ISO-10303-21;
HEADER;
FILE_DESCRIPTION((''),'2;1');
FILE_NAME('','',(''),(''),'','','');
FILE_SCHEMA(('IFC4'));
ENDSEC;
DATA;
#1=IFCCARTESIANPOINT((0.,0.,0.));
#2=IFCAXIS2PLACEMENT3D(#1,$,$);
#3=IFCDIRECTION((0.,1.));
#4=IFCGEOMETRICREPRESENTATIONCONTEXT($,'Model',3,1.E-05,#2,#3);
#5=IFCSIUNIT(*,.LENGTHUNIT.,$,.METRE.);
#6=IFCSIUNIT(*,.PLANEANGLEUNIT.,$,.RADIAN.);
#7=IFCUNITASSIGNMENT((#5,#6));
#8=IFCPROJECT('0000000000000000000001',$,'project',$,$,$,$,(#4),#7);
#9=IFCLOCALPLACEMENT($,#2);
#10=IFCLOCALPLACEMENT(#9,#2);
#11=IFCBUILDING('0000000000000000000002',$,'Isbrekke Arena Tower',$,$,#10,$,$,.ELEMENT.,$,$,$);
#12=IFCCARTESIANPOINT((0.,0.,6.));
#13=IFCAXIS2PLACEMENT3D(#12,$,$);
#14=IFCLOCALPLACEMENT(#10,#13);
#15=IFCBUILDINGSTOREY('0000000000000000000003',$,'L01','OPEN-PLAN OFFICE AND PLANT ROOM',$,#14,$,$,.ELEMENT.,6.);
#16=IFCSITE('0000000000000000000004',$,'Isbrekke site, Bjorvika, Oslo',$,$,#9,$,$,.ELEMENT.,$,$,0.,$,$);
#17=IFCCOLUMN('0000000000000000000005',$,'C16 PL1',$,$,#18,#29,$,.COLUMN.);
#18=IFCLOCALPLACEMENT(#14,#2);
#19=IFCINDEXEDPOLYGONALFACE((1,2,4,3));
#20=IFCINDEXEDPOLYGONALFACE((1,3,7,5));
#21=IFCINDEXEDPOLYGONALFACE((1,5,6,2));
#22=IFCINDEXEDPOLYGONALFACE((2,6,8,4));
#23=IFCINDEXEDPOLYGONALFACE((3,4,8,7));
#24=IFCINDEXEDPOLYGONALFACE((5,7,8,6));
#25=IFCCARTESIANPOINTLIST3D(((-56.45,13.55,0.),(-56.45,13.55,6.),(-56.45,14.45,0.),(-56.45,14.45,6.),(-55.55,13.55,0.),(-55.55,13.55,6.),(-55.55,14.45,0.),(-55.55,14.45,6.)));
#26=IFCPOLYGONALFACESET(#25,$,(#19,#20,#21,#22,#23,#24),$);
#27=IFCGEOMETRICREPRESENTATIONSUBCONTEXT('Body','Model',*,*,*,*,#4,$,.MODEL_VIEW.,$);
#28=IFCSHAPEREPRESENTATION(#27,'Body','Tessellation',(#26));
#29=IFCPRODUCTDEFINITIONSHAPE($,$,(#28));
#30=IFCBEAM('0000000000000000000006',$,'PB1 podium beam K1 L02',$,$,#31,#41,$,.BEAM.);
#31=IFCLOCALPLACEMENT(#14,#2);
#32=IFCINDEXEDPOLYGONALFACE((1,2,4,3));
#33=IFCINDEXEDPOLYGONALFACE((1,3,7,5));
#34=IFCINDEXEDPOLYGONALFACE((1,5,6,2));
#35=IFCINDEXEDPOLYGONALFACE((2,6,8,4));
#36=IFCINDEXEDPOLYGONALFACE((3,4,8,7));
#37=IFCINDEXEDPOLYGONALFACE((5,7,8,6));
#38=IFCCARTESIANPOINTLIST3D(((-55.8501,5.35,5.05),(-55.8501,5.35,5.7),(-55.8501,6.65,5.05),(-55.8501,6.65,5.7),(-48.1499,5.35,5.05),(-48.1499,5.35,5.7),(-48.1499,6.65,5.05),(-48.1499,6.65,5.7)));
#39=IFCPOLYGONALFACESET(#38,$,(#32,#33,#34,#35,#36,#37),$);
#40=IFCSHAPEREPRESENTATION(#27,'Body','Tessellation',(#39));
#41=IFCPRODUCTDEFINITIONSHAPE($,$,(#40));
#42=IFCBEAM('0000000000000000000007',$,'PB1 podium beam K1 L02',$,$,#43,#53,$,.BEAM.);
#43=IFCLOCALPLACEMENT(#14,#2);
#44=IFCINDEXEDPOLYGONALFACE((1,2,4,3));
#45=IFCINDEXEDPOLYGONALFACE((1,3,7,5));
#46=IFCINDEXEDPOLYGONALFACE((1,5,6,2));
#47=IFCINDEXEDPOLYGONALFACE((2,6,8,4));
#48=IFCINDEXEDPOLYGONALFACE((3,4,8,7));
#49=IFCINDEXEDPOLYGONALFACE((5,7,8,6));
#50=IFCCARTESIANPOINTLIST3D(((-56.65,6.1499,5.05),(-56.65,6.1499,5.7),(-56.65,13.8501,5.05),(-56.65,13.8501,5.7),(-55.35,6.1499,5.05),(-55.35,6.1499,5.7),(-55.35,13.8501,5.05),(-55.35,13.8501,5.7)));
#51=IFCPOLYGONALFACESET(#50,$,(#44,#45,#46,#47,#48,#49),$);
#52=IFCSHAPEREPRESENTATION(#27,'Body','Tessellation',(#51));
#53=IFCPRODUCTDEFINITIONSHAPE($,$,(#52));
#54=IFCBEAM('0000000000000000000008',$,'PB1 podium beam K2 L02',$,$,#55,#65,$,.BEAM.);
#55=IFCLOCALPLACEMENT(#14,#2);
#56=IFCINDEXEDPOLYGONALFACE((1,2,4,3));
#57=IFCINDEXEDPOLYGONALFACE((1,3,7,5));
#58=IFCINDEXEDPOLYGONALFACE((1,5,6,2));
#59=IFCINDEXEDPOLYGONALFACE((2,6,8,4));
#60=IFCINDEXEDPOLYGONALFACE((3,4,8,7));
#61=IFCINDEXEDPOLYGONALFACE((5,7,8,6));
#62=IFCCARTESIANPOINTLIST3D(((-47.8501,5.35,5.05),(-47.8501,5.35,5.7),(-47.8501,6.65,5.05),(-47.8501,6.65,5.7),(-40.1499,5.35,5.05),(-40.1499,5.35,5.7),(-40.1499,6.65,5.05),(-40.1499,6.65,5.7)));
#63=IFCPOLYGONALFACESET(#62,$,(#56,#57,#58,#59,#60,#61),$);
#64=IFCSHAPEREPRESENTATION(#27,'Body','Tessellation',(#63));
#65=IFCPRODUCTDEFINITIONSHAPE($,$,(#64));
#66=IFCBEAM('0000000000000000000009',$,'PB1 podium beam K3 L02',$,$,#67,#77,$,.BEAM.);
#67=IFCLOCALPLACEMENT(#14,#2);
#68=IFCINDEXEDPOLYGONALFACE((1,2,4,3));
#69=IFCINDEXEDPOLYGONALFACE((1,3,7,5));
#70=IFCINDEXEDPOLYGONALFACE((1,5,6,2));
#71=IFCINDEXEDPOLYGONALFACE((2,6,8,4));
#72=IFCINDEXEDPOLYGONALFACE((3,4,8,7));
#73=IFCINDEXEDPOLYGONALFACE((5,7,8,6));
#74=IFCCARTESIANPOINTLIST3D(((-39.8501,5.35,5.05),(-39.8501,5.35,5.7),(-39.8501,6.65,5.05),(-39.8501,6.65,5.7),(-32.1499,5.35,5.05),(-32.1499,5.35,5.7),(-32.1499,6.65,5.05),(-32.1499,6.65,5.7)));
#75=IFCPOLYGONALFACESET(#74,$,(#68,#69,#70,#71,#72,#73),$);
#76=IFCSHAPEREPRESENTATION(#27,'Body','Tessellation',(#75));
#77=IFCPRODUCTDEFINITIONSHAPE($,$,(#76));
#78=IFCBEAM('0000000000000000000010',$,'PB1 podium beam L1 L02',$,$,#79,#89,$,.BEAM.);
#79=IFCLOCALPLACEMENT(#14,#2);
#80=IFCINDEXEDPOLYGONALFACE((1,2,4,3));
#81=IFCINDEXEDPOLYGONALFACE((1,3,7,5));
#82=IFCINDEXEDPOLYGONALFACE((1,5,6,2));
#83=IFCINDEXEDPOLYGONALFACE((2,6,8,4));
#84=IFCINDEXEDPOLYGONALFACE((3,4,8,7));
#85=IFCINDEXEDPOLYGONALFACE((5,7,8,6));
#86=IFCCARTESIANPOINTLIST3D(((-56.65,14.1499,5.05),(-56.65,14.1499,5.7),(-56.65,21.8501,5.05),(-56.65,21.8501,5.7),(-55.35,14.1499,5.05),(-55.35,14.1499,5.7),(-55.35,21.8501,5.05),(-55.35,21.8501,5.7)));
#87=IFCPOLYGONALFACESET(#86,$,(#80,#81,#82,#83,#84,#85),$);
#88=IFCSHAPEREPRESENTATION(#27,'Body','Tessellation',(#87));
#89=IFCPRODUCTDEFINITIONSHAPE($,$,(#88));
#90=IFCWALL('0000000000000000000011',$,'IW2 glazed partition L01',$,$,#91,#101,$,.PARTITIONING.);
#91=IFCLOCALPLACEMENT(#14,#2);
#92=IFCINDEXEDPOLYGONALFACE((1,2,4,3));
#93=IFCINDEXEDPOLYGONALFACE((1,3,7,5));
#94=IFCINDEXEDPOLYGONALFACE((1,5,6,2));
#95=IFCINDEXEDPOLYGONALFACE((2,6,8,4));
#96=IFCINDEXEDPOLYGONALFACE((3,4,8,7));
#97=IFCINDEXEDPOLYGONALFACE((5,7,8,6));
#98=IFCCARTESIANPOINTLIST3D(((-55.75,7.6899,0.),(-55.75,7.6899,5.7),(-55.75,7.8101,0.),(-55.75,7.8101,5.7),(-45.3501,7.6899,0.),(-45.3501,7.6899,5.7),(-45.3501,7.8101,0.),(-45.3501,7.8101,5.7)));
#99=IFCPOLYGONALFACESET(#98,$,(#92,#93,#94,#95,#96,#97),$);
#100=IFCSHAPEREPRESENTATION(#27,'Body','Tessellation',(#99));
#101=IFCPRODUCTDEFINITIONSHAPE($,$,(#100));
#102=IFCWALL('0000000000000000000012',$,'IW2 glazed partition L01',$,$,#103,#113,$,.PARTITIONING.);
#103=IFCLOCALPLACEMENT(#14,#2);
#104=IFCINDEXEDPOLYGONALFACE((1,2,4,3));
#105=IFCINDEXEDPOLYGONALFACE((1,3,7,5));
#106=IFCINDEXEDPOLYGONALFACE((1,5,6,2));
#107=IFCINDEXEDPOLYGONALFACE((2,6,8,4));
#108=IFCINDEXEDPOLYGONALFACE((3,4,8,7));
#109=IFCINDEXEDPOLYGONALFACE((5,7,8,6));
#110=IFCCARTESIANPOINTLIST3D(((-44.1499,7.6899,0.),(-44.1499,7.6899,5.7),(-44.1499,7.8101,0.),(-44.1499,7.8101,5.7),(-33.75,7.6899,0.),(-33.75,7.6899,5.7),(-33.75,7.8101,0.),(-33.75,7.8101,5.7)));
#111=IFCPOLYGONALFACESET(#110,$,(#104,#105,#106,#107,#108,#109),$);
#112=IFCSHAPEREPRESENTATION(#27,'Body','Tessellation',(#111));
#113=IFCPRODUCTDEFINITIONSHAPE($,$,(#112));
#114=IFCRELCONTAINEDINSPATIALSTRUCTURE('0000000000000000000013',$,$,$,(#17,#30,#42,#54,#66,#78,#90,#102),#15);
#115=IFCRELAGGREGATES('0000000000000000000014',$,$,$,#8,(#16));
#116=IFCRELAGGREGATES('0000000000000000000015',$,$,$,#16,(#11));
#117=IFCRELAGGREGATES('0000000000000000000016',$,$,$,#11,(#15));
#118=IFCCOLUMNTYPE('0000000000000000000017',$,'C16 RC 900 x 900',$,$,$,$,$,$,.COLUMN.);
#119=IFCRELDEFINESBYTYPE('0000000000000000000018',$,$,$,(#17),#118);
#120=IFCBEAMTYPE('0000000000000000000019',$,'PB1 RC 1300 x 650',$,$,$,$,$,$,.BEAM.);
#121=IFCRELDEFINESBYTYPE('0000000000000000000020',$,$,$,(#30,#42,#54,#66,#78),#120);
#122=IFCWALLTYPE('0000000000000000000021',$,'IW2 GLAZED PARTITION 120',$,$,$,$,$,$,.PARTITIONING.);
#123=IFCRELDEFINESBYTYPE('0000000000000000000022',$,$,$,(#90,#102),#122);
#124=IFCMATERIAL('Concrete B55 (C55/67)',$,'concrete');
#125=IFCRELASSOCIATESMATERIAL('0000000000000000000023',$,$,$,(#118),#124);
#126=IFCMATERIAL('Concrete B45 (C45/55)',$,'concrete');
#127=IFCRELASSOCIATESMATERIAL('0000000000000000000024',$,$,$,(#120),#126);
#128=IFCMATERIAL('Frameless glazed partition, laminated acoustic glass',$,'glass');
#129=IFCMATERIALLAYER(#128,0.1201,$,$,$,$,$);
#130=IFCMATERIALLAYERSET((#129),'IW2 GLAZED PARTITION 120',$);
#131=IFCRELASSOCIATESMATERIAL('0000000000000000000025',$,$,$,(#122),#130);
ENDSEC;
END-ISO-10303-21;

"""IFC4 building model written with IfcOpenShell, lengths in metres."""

from ifc_helpers import new_model, si_unit, direction, frame, frame_2d, origin, origin_2d, place, context, subcontext, project, spatial, rectangle, extrude, material, layer, layer_set, material_profile, profile_set, type_object, element, save


model = new_model("IFC4")

# Units and contexts
model_context = context("Model", 3, precision=1e-05, world=origin(), true_north=direction((0.0, 1.0)))
body_context = subcontext(model_context, "Body", "Model", "MODEL_VIEW")
ifc_project = project(units=[si_unit("LENGTHUNIT", "METRE"), si_unit("PLANEANGLEUNIT", "RADIAN")], contexts=[model_context])

# Site, building, storey
site_placement = place(None, origin())
site = spatial("IfcSite", under=ifc_project, at=site_placement, Name="Isbrekke site, Bjorvika, Oslo", CompositionType="ELEMENT", RefElevation=0.0)
building_placement = place(site_placement, origin())
building = spatial("IfcBuilding", under=site, at=building_placement, Name="Isbrekke Arena Tower", CompositionType="ELEMENT")
storey_placement = place(building_placement, frame((0.0, 0.0, 6.0)))
storey = spatial("IfcBuildingStorey", under=building, at=storey_placement, Name="L01", Description="OPEN-PLAN OFFICE AND PLANT ROOM", CompositionType="ELEMENT", Elevation=6.0)

# Column
ifc_material_1 = material(Name="Concrete B55 (C55/67)", Category="concrete")
ifc_material_profile_1 = material_profile(ifc_material_1, rectangle(XDim=0.8999, YDim=0.8999, at=origin_2d()), Name="RC 900x900")
ifc_profile_set_1 = profile_set([ifc_material_profile_1], Name="Concrete B55 (C55/67)")
column_type = type_object("IfcColumnType", Name="C16 RC 900 x 900", PredefinedType="COLUMN", material=ifc_profile_set_1)
column_placement = place(storey_placement, frame((-56.0, 14.0, 0.0), z_axis=(0.0, 0.0, 1.0), x_axis=(1.0, 0.0, 0.0)))
element("IfcColumn", 1, at=column_placement, inside=storey, type_object=column_type, Name="C16 PL1", PredefinedType="COLUMN", context=body_context, shape_type="SweptSolid", body=[
    extrude(rectangle(XDim=0.8999, YDim=0.8999, at=origin_2d()), origin(), (0.0, 0.0, 1.0), 6.0),
])

# Beams
ifc_material_2 = material(Name="Concrete B45 (C45/55)", Category="concrete")
ifc_material_profile_2 = material_profile(ifc_material_2, rectangle(XDim=1.3, YDim=0.6499, at=origin_2d()), Name="RC 1300x650")
ifc_profile_set_2 = profile_set([ifc_material_profile_2], Name="Concrete B45 (C45/55)")
beam_type = type_object("IfcBeamType", Name="PB1 RC 1300 x 650", PredefinedType="BEAM", material=ifc_profile_set_2)
for number, where, z_axis, x_axis, name in (
    (2, (-55.8501, 6.0, 5.375), (1.0, 0.0, 0.0), (0.0, 1.0, 0.0), "PB1 podium beam K1 L02"),
    (3, (-56.0, 6.1499, 5.375), (0.0, 1.0, 0.0), (-1.0, 0.0, 0.0), "PB1 podium beam K1 L02"),
    (4, (-47.8501, 6.0, 5.375), (1.0, 0.0, 0.0), (0.0, 1.0, 0.0), "PB1 podium beam K2 L02"),
    (5, (-39.8501, 6.0, 5.375), (1.0, 0.0, 0.0), (0.0, 1.0, 0.0), "PB1 podium beam K3 L02"),
    (6, (-56.0, 14.1499, 5.375), (0.0, 1.0, 0.0), (-1.0, 0.0, 0.0), "PB1 podium beam L1 L02"),
):
    element("IfcBeam", number, at=place(storey_placement, frame(where, z_axis=z_axis, x_axis=x_axis)), inside=storey, type_object=beam_type, Name=name, PredefinedType="BEAM", context=body_context, shape_type="SweptSolid", body=[
        extrude(rectangle(XDim=1.3, YDim=0.6499, at=origin_2d()), origin(), (0.0, 0.0, 1.0), 7.7002),
    ])

# Walls
ifc_material_3 = material(Name="Frameless glazed partition, laminated acoustic glass", Category="glass")
ifc_layer_1 = layer(ifc_material_3, 0.1201)
ifc_layer_set_1 = layer_set([ifc_layer_1], Name="IW2 GLAZED PARTITION 120")
wall_type_1 = type_object("IfcWallType", Name="IW2 GLAZED PARTITION 120", PredefinedType="PARTITIONING", material=ifc_layer_set_1)
for number, where, z_axis, x_axis, name in (
    (7, (-55.75, 7.75, 0.0), (0.0, 0.0, 1.0), (1.0, 0.0, 0.0), "IW2 glazed partition L01"),
    (8, (-44.1499, 7.75, 0.0), (0.0, 0.0, 1.0), (1.0, 0.0, 0.0), "IW2 glazed partition L01"),
):
    element("IfcWall", number, at=place(storey_placement, frame(where, z_axis=z_axis, x_axis=x_axis)), inside=storey, type_object=wall_type_1, Name=name, PredefinedType="PARTITIONING", context=body_context, shape_type="SweptSolid", body=[
        extrude(rectangle(XDim=10.3999, YDim=0.1201, at=frame_2d((5.2, 0.0))), origin(), (0.0, 0.0, 1.0), 5.7),
    ])

save(model, "model.ifc")
